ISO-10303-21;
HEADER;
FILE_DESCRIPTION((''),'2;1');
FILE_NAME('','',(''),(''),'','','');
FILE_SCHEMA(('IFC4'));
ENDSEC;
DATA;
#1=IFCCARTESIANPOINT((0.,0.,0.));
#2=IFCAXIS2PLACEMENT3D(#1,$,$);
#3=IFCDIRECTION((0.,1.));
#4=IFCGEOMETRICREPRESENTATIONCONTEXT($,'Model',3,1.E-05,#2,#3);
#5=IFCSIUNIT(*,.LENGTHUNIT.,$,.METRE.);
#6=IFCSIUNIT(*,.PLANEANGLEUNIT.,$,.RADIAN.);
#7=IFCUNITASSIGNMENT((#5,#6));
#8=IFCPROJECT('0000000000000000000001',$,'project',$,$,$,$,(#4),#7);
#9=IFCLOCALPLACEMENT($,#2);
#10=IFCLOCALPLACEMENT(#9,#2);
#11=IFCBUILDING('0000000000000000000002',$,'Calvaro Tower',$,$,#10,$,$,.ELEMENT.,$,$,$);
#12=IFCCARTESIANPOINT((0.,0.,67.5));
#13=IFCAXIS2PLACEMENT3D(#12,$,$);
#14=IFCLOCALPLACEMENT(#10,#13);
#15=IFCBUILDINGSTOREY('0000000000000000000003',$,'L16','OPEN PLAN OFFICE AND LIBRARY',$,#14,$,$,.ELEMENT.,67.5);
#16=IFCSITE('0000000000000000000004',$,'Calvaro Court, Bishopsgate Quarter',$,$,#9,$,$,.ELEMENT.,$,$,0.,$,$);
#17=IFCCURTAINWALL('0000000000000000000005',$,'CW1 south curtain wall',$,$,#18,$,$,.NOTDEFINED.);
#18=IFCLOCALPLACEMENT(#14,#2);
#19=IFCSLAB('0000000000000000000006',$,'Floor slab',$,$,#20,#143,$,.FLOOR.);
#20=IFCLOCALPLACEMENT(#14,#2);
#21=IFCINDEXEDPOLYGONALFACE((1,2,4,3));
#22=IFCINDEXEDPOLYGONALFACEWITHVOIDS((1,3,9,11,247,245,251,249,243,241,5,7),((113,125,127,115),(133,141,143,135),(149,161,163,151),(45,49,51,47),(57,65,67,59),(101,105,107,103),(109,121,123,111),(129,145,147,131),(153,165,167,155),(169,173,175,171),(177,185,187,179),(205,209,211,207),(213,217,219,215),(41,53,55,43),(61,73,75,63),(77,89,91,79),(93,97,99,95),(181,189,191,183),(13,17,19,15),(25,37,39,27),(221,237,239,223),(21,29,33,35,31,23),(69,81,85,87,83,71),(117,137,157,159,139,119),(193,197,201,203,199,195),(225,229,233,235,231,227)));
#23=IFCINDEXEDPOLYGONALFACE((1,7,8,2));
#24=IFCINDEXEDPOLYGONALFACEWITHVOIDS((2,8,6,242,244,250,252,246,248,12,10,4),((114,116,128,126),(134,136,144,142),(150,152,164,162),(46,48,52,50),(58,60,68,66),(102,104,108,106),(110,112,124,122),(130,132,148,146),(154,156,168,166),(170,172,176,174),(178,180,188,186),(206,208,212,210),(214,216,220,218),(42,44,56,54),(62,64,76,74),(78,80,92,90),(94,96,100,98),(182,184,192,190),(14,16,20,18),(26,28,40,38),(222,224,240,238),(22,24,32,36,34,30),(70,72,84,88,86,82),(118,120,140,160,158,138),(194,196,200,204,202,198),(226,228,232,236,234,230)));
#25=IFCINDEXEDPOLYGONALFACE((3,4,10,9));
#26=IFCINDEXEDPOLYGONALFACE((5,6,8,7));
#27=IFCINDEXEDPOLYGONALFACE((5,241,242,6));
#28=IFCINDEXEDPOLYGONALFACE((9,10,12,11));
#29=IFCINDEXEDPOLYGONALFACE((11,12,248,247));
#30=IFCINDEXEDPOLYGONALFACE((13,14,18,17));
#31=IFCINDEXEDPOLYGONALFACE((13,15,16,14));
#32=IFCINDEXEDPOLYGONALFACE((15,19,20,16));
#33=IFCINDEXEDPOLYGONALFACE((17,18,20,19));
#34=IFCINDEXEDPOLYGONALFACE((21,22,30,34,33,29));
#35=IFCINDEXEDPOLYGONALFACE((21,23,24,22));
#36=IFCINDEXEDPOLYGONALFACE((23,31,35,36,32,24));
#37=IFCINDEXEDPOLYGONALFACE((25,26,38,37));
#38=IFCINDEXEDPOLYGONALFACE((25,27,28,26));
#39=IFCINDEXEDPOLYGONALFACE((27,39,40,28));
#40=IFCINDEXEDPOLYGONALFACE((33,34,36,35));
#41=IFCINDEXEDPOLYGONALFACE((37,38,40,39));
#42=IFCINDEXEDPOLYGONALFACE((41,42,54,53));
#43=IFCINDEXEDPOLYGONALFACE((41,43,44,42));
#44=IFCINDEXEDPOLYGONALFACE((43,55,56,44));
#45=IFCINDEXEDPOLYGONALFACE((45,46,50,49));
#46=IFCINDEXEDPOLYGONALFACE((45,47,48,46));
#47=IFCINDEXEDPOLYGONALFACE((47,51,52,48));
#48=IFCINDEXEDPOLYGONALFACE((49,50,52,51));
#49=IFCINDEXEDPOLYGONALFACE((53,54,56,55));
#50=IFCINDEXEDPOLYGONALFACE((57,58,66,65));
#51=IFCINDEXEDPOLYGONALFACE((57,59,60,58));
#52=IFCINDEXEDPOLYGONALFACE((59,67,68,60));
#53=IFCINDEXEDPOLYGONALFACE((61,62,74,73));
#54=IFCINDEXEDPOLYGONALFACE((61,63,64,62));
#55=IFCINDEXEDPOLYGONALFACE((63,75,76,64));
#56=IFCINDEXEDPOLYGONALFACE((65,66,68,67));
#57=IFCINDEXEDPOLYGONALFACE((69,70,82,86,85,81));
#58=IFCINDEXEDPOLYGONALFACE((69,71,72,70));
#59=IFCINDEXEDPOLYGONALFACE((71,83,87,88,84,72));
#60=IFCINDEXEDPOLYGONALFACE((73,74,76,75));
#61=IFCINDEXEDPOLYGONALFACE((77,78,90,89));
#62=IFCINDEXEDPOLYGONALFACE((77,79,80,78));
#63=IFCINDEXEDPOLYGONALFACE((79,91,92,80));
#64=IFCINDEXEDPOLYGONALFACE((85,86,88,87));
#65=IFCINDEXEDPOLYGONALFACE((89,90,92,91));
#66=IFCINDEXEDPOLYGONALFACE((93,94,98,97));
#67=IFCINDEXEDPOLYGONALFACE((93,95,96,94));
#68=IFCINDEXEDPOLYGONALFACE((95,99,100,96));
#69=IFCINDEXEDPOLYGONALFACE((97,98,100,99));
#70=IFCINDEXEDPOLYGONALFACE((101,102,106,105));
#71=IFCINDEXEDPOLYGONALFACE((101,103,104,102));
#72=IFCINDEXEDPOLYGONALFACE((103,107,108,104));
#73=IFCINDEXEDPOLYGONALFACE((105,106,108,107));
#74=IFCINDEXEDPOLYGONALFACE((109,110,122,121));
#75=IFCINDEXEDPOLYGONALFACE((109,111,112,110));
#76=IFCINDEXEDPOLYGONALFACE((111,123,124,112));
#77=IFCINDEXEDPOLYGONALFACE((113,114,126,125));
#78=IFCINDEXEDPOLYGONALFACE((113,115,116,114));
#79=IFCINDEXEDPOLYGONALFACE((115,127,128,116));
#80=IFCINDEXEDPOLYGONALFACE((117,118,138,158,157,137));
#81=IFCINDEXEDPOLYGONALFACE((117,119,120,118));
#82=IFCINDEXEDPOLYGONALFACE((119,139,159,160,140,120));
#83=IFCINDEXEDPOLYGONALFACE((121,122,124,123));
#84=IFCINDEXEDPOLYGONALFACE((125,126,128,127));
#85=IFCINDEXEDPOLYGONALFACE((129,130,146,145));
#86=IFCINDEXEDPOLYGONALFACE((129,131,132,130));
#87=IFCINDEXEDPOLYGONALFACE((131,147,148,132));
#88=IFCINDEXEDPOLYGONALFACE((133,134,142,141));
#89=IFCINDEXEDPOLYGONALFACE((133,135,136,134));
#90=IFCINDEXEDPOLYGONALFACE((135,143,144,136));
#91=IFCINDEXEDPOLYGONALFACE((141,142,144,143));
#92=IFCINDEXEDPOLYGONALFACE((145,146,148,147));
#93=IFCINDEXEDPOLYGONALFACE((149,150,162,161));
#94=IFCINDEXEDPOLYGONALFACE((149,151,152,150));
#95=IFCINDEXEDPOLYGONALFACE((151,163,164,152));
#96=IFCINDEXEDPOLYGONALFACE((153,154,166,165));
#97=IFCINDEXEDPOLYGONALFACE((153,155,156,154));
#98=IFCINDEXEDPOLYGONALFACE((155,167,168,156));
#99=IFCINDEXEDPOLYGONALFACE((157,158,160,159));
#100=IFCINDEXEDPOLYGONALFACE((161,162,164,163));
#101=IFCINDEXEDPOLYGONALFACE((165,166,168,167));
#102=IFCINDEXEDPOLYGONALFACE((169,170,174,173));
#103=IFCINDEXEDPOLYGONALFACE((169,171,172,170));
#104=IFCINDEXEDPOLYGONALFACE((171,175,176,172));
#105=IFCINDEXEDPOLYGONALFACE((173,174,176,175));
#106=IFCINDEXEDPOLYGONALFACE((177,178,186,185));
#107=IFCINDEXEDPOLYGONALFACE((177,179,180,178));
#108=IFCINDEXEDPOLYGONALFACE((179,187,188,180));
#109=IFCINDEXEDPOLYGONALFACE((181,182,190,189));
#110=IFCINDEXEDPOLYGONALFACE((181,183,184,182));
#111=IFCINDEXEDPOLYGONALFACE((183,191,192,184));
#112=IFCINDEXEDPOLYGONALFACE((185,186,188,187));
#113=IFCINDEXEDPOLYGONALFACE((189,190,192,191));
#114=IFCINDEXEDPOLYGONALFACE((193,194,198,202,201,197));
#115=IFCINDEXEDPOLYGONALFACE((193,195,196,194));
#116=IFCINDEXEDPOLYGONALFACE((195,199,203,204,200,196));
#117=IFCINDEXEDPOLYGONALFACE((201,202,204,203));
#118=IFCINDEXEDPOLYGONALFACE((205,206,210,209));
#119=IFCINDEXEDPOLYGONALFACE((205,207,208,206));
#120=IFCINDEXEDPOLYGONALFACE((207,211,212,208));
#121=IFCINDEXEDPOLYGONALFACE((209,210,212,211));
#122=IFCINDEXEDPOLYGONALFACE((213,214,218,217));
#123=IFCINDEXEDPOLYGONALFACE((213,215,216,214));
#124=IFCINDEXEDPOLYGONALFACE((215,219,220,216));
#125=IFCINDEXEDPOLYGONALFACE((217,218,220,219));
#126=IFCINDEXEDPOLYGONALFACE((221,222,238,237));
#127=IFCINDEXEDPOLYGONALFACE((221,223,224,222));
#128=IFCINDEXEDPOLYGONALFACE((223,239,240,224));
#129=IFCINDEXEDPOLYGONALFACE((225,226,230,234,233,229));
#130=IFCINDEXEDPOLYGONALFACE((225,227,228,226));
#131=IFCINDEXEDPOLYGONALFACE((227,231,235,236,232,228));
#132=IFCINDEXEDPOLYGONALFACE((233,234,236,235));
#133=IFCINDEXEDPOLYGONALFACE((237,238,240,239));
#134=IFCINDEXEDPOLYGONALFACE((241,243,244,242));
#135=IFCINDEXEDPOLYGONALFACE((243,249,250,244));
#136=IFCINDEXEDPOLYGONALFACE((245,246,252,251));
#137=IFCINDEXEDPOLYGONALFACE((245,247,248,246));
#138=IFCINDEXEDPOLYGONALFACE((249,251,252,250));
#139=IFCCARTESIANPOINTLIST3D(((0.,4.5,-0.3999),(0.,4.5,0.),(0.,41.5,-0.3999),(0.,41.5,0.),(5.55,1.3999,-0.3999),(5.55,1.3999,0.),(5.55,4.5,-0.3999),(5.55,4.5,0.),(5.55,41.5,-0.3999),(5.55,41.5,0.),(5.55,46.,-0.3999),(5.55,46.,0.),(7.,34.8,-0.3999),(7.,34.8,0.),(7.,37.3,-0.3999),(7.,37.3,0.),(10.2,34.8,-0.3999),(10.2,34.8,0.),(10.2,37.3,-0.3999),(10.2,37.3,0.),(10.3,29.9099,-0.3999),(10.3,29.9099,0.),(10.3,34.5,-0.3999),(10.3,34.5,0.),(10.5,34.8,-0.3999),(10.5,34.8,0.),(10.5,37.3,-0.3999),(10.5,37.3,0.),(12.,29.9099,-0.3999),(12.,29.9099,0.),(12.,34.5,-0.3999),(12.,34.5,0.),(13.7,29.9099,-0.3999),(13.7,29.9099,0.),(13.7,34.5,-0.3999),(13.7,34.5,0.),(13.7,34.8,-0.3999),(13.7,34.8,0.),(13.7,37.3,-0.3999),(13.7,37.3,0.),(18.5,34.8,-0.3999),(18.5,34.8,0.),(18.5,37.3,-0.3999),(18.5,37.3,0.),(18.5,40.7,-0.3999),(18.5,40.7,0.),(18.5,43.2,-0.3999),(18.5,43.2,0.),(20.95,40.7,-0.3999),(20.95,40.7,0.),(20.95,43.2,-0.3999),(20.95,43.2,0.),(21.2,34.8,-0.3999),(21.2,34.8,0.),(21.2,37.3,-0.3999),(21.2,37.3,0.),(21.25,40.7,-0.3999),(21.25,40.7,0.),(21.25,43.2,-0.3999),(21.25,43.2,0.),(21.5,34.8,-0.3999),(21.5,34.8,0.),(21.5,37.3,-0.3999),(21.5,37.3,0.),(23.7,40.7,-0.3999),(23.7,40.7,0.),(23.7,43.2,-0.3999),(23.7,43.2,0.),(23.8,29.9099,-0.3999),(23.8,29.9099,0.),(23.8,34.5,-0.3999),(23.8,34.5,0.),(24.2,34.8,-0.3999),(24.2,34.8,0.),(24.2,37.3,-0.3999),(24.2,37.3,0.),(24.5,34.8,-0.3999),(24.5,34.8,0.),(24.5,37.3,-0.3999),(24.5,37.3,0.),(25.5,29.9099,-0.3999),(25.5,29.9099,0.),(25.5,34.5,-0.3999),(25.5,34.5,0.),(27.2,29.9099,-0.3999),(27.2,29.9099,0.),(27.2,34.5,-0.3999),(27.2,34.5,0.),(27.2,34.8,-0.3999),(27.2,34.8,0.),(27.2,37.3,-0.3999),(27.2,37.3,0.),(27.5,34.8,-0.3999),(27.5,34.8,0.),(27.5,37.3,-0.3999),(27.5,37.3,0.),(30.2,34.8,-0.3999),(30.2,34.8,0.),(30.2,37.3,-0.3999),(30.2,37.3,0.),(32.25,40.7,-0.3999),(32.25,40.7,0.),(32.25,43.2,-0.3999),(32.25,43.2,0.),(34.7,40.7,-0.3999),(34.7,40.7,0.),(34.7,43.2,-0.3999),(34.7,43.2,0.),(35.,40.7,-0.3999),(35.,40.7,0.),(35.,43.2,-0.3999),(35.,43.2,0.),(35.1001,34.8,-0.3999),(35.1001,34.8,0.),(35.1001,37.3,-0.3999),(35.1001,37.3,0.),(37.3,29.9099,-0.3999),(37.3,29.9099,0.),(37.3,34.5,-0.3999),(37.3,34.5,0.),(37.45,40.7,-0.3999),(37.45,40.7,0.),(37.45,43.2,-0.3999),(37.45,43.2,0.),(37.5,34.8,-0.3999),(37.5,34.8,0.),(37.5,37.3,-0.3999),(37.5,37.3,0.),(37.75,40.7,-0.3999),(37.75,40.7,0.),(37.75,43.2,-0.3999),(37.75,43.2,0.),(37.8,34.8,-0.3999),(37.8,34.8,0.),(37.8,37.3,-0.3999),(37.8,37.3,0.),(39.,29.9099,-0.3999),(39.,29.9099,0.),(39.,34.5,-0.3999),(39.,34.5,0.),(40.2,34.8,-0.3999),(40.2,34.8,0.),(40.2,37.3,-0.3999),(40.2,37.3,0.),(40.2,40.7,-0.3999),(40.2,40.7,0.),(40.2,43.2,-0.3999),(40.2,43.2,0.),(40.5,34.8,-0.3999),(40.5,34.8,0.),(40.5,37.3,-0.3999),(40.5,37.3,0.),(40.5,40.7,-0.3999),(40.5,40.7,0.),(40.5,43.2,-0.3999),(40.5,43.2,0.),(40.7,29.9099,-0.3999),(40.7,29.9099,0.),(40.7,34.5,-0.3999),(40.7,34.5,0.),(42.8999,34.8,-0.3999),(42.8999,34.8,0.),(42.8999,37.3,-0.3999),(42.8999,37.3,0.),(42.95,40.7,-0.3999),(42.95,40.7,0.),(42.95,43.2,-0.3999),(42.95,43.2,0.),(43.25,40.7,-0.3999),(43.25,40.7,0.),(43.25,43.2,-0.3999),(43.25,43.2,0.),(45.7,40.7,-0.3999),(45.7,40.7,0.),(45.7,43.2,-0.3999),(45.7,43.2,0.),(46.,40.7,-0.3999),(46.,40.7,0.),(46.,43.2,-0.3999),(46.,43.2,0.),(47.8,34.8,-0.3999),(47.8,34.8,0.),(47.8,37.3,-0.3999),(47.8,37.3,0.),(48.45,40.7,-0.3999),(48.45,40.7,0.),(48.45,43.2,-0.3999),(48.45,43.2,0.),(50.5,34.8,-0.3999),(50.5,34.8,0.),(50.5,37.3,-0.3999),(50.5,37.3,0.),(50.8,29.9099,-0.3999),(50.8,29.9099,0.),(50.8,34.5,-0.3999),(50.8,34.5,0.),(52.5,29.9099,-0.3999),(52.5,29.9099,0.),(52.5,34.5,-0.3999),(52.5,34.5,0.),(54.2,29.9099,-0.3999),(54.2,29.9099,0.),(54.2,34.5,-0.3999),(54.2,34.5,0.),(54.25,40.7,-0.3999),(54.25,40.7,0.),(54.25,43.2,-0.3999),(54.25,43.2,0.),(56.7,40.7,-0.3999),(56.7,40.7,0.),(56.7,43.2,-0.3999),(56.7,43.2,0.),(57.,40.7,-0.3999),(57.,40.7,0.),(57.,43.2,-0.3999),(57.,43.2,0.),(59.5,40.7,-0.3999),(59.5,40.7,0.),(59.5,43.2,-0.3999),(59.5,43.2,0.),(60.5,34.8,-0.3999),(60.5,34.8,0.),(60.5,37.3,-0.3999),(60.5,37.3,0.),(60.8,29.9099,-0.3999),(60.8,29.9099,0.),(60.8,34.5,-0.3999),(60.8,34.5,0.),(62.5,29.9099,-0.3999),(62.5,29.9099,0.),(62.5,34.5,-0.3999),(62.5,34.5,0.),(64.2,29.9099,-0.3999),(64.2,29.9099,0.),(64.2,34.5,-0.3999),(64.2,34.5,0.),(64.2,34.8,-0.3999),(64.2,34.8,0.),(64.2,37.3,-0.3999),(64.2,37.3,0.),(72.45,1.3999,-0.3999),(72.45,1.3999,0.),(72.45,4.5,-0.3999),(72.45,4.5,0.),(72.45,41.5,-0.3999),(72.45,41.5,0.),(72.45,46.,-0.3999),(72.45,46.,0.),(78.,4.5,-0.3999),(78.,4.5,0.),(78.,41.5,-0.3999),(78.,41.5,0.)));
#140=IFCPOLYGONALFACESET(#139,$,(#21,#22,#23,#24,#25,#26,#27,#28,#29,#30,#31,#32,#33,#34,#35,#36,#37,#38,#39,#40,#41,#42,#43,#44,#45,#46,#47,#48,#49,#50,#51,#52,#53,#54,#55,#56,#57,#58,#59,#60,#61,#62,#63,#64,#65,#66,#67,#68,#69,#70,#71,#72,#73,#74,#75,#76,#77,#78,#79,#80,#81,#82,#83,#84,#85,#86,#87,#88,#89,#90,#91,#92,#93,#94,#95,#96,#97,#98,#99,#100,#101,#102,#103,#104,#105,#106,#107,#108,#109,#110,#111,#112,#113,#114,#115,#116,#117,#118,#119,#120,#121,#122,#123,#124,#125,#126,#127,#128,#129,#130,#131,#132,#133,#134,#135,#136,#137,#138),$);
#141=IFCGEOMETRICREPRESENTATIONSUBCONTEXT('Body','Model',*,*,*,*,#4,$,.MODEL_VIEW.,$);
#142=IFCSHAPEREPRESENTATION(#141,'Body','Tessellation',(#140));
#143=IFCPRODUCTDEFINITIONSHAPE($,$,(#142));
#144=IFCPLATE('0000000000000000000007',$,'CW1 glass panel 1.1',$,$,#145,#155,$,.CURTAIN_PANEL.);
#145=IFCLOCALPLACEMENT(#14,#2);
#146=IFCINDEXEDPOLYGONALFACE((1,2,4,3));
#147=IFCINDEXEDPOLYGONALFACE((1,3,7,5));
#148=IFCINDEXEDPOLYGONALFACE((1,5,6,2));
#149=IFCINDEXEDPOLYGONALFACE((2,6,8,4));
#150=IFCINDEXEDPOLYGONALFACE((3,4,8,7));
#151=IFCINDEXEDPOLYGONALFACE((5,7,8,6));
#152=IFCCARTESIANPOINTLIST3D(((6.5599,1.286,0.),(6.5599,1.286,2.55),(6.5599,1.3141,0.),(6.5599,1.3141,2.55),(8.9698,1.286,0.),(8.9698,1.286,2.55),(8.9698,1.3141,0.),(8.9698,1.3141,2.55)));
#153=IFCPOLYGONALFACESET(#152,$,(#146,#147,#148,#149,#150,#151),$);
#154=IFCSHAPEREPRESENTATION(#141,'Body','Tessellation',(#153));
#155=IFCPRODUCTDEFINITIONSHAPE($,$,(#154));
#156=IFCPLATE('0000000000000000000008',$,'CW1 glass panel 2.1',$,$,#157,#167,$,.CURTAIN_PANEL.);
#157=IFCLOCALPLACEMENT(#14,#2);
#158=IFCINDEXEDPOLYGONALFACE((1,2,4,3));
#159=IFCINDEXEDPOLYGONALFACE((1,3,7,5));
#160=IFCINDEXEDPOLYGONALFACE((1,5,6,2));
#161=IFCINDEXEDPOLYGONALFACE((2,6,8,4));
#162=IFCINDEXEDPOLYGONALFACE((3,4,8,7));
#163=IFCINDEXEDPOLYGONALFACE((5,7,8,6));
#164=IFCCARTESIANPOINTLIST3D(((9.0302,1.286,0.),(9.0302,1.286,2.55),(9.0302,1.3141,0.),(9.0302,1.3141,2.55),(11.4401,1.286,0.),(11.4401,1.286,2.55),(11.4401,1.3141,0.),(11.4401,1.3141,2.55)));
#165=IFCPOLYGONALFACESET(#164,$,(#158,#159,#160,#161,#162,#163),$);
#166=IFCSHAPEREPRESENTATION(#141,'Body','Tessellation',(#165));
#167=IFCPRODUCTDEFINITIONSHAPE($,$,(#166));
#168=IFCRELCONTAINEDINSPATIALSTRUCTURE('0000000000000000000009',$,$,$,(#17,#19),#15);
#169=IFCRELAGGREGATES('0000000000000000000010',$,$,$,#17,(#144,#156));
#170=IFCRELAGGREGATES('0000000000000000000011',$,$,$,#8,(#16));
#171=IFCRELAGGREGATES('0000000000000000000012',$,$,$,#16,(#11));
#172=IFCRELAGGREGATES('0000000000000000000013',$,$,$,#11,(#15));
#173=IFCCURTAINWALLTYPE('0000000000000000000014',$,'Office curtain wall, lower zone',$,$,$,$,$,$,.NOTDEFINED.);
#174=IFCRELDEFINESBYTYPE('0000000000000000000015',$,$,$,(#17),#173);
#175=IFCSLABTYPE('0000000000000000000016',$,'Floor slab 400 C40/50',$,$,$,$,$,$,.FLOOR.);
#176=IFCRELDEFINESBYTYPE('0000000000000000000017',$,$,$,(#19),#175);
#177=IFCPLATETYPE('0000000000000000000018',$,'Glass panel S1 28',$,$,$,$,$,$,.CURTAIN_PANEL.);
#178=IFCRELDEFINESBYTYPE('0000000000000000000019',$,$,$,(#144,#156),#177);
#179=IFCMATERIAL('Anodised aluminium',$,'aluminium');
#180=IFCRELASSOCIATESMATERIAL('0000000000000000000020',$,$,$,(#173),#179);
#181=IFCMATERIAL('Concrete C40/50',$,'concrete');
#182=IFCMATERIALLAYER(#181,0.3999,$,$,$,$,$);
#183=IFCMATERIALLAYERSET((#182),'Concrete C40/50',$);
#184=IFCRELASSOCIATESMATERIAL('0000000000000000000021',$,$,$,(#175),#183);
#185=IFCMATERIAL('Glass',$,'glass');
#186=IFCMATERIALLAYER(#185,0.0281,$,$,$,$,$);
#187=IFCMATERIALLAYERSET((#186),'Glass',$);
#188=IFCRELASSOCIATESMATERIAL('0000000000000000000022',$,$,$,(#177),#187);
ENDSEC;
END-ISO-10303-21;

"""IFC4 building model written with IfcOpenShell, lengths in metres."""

from ifc_helpers import new_model, si_unit, direction, frame, origin, origin_2d, place, context, subcontext, project, spatial, polyline, rectangle, outline, extrude, material, layer, layer_set, type_object, element, aggregate, save


model = new_model("IFC4")

# Units and contexts
model_context = context("Model", 3, precision=1e-05, world=origin(), true_north=direction((0.0, 1.0)))
body_context = subcontext(model_context, "Body", "Model", "MODEL_VIEW")
ifc_project = project(units=[si_unit("LENGTHUNIT", "METRE"), si_unit("PLANEANGLEUNIT", "RADIAN")], contexts=[model_context])

# Site, building, storey
site_placement = place(None, origin())
site = spatial("IfcSite", under=ifc_project, at=site_placement, Name="Calvaro Court, Bishopsgate Quarter", CompositionType="ELEMENT", RefElevation=0.0)
building_placement = place(site_placement, origin())
building = spatial("IfcBuilding", under=site, at=building_placement, Name="Calvaro Tower", CompositionType="ELEMENT")
storey_placement = place(building_placement, frame((0.0, 0.0, 67.5)))
storey = spatial("IfcBuildingStorey", under=building, at=storey_placement, Name="L16", Description="OPEN PLAN OFFICE AND LIBRARY", CompositionType="ELEMENT", Elevation=67.5)

# Curtain wall
ifc_material_1 = material(Name="Anodised aluminium", Category="aluminium")
curtain_wall_type = type_object("IfcCurtainWallType", Name="Office curtain wall, lower zone", PredefinedType="NOTDEFINED", material=ifc_material_1)
curtain_wall_1_placement = place(storey_placement, origin())
curtain_wall_1 = element("IfcCurtainWall", 1, at=curtain_wall_1_placement, inside=storey, type_object=curtain_wall_type, Name="CW1 south curtain wall", PredefinedType="NOTDEFINED")

# Slab
ifc_material_2 = material(Name="Concrete C40/50", Category="concrete")
ifc_layer_1 = layer(ifc_material_2, 0.3999)
ifc_layer_set_1 = layer_set([ifc_layer_1], Name="Concrete C40/50")
slab_type_1 = type_object("IfcSlabType", Name="Floor slab 400 C40/50", PredefinedType="FLOOR", material=ifc_layer_set_1)
slab_1_placement = place(storey_placement, frame((0.0, 0.0, -0.3999)))
element("IfcSlab", 2, at=slab_1_placement, inside=storey, type_object=slab_type_1, Name="Floor slab", PredefinedType="FLOOR", context=body_context, shape_type="SweptSolid", body=[
    extrude(outline(polyline([(72.45, 4.5), (72.45, 1.3999), (5.55, 1.3999), (5.55, 4.5), (0.0, 4.5), (0.0, 41.5), (5.55, 41.5), (5.55, 46.0), (72.45, 46.0), (72.45, 41.5), (78.0, 41.5), (78.0, 4.5), (72.45, 4.5)]), holes=[polyline([(10.3, 29.9099), (10.3, 34.5), (12.0, 34.5), (13.7, 34.5), (13.7, 29.9099), (12.0, 29.9099), (10.3, 29.9099)]), polyline([(23.8, 29.9099), (23.8, 34.5), (25.5, 34.5), (27.2, 34.5), (27.2, 29.9099), (25.5, 29.9099), (23.8, 29.9099)]), polyline([(37.3, 29.9099), (37.3, 34.5), (39.0, 34.5), (40.7, 34.5), (40.7, 29.9099), (39.0, 29.9099), (37.3, 29.9099)]), polyline([(50.8, 29.9099), (50.8, 34.5), (52.5, 34.5), (54.2, 34.5), (54.2, 29.9099), (52.5, 29.9099), (50.8, 29.9099)]), polyline([(60.8, 29.9099), (60.8, 34.5), (62.5, 34.5), (64.2, 34.5), (64.2, 29.9099), (62.5, 29.9099), (60.8, 29.9099)]), polyline([(18.5, 34.8), (21.2, 34.8), (21.2, 37.3), (18.5, 37.3), (18.5, 34.8)]), polyline([(21.5, 34.8), (24.2, 34.8), (24.2, 37.3), (21.5, 37.3), (21.5, 34.8)]), polyline([(24.5, 34.8), (27.2, 34.8), (27.2, 37.3), (24.5, 37.3), (24.5, 34.8)]), polyline([(35.1001, 34.8), (37.5, 34.8), (37.5, 37.3), (35.1001, 37.3), (35.1001, 34.8)]), polyline([(37.8, 34.8), (40.2, 34.8), (40.2, 37.3), (37.8, 37.3), (37.8, 34.8)]), polyline([(40.5, 34.8), (42.8999, 34.8), (42.8999, 37.3), (40.5, 37.3), (40.5, 34.8)]), polyline([(18.5, 40.7), (20.95, 40.7), (20.95, 43.2), (18.5, 43.2), (18.5, 40.7)]), polyline([(21.25, 40.7), (23.7, 40.7), (23.7, 43.2), (21.25, 43.2), (21.25, 40.7)]), polyline([(32.25, 40.7), (34.7, 40.7), (34.7, 43.2), (32.25, 43.2), (32.25, 40.7)]), polyline([(35.0, 40.7), (37.45, 40.7), (37.45, 43.2), (35.0, 43.2), (35.0, 40.7)]), polyline([(37.75, 40.7), (40.2, 40.7), (40.2, 43.2), (37.75, 43.2), (37.75, 40.7)]), polyline([(40.5, 40.7), (42.95, 40.7), (42.95, 43.2), (40.5, 43.2), (40.5, 40.7)]), polyline([(43.25, 40.7), (45.7, 40.7), (45.7, 43.2), (43.25, 43.2), (43.25, 40.7)]), polyline([(46.0, 40.7), (48.45, 40.7), (48.45, 43.2), (46.0, 43.2), (46.0, 40.7)]), polyline([(54.25, 40.7), (56.7, 40.7), (56.7, 43.2), (54.25, 43.2), (54.25, 40.7)]), polyline([(57.0, 40.7), (59.5, 40.7), (59.5, 43.2), (57.0, 43.2), (57.0, 40.7)]), polyline([(7.0, 34.8), (10.2, 34.8), (10.2, 37.3), (7.0, 37.3), (7.0, 34.8)]), polyline([(10.5, 34.8), (13.7, 34.8), (13.7, 37.3), (10.5, 37.3), (10.5, 34.8)]), polyline([(60.5, 34.8), (64.2, 34.8), (64.2, 37.3), (60.5, 37.3), (60.5, 34.8)]), polyline([(27.5, 34.8), (30.2, 34.8), (30.2, 37.3), (27.5, 37.3), (27.5, 34.8)]), polyline([(47.8, 34.8), (50.5, 34.8), (50.5, 37.3), (47.8, 37.3), (47.8, 34.8)])]), origin(), (0.0, 0.0, 1.0), 0.3999),
])

# Plates
ifc_material_3 = material(Name="Glass", Category="glass")
ifc_layer_2 = layer(ifc_material_3, 0.0281)
ifc_layer_set_2 = layer_set([ifc_layer_2], Name="Glass")
plate_type = type_object("IfcPlateType", Name="Glass panel S1 28", PredefinedType="CURTAIN_PANEL", material=ifc_layer_set_2)
plate_1_placement = place(storey_placement, frame((7.7649, 1.3, 0.0), z_axis=(0.0, 0.0, 1.0), x_axis=(1.0, 0.0, 0.0)))
plate_1 = element("IfcPlate", 3, at=plate_1_placement, type_object=plate_type, Name="CW1 glass panel 1.1", PredefinedType="CURTAIN_PANEL", context=body_context, shape_type="SweptSolid", body=[
    extrude(rectangle(XDim=2.4099, YDim=0.0281, at=origin_2d()), origin(), (0.0, 0.0, 1.0), 2.55),
])
plate_2_placement = place(storey_placement, frame((10.2351, 1.3, 0.0), z_axis=(0.0, 0.0, 1.0), x_axis=(1.0, 0.0, 0.0)))
plate_2 = element("IfcPlate", 4, at=plate_2_placement, type_object=plate_type, Name="CW1 glass panel 2.1", PredefinedType="CURTAIN_PANEL", context=body_context, shape_type="SweptSolid", body=[
    extrude(rectangle(XDim=2.4099, YDim=0.0281, at=origin_2d()), origin(), (0.0, 0.0, 1.0), 2.55),
])
aggregate(curtain_wall_1, [plate_1, plate_2])

save(model, "model.ifc")
